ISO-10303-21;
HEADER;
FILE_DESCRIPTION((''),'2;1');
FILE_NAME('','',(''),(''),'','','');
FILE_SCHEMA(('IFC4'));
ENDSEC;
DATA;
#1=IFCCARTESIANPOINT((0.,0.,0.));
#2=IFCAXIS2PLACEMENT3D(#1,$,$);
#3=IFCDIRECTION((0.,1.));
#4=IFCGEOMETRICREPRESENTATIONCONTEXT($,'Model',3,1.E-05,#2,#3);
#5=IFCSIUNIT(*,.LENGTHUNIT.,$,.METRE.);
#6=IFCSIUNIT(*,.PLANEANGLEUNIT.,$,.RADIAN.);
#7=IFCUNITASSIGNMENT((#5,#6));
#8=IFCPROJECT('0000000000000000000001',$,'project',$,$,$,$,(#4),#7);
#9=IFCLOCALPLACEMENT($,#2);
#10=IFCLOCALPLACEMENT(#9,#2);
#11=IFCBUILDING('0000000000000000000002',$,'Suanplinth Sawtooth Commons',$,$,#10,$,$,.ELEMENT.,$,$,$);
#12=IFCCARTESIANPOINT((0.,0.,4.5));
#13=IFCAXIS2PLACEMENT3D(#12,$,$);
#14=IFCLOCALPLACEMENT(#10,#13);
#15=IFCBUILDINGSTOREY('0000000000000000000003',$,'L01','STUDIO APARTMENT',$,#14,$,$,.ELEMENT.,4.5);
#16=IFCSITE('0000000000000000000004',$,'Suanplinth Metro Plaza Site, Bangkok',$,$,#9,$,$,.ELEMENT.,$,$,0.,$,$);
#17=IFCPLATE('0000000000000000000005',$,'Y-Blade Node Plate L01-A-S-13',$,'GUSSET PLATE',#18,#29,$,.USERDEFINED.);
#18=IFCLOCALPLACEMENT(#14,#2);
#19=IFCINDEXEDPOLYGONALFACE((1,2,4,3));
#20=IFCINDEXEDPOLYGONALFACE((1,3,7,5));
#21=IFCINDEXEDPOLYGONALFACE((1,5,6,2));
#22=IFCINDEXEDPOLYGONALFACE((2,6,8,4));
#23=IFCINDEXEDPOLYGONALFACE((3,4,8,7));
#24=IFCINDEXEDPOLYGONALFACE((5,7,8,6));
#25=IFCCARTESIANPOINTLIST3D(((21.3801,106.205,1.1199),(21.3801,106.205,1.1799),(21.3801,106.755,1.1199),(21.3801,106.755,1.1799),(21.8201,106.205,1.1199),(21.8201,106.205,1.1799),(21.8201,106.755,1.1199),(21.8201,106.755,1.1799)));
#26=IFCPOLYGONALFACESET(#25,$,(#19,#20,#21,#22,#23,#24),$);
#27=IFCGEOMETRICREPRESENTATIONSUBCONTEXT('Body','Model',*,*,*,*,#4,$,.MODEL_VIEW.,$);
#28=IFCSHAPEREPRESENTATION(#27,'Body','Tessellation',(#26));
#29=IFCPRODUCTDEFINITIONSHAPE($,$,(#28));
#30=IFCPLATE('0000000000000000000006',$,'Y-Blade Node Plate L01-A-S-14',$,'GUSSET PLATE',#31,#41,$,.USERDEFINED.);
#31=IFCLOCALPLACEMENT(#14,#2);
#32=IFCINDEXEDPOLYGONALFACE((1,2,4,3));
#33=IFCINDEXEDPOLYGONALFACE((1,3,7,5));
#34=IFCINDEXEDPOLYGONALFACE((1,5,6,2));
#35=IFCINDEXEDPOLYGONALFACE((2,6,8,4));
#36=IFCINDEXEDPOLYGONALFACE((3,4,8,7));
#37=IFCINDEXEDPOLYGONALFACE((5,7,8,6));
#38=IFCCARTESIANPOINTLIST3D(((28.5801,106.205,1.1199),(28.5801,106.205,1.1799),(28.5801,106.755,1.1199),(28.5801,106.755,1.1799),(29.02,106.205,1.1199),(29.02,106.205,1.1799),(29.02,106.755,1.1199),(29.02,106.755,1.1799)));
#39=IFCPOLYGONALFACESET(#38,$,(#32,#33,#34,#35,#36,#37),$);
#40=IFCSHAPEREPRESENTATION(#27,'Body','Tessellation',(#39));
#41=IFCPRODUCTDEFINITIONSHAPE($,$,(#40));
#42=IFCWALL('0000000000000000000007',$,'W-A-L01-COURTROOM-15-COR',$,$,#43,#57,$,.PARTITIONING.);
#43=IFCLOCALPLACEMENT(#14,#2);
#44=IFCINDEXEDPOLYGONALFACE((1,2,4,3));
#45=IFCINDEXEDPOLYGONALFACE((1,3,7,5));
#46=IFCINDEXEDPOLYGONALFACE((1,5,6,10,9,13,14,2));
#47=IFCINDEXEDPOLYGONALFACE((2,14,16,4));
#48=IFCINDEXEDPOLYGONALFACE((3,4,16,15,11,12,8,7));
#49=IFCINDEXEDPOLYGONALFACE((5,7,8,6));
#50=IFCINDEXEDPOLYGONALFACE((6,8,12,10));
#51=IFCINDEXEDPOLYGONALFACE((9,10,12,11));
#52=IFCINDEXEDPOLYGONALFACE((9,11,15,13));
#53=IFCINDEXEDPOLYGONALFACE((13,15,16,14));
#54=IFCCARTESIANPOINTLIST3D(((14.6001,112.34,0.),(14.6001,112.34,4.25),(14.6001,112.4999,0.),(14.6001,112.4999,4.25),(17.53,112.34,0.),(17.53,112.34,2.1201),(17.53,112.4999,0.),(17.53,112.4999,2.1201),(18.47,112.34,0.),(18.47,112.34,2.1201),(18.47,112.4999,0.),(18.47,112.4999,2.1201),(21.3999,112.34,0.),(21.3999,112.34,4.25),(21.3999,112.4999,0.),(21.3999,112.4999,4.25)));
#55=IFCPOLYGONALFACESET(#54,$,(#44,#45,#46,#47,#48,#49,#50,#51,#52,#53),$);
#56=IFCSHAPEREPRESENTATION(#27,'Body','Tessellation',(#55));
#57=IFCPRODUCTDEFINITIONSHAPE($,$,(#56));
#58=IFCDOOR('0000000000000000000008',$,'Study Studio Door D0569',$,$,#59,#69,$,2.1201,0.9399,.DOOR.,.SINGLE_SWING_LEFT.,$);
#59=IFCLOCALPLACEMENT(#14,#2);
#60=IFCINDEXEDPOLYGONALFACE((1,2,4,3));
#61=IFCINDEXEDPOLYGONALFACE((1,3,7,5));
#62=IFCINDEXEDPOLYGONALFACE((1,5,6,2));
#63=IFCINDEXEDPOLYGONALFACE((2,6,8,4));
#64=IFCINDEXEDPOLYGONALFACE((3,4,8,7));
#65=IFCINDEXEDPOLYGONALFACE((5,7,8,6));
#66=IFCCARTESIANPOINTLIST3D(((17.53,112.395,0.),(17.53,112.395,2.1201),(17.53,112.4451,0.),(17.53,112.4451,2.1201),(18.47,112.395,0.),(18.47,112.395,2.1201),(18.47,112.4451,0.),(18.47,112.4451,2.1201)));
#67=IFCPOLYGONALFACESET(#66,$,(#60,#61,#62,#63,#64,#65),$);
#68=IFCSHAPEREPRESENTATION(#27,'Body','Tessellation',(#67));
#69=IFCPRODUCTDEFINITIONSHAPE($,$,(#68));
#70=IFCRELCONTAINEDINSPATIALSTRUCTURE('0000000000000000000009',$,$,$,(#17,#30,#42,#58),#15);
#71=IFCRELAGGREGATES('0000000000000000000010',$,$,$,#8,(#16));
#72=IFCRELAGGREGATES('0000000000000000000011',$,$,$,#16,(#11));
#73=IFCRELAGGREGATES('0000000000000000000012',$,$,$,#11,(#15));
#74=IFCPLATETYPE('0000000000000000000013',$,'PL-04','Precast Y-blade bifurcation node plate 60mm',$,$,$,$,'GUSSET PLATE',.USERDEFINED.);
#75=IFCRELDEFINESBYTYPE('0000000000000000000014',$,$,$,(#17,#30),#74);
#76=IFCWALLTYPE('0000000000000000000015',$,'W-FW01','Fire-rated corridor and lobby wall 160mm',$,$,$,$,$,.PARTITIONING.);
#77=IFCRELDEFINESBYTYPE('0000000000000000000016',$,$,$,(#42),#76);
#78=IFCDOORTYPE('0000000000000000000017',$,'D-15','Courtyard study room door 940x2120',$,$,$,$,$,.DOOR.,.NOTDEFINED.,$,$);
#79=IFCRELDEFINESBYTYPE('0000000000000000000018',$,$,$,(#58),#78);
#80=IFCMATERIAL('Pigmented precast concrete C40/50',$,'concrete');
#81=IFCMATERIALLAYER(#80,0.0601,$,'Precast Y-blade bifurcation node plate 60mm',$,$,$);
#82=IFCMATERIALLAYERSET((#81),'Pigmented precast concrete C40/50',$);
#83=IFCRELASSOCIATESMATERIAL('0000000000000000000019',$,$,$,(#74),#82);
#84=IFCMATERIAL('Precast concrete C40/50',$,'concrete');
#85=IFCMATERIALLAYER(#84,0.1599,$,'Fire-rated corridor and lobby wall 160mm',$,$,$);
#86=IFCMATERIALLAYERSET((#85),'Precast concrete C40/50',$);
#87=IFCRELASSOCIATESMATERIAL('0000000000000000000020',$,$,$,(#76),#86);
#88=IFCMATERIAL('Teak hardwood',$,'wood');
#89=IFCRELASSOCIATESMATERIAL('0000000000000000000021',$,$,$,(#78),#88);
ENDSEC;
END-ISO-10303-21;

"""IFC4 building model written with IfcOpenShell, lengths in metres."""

from ifc_helpers import new_model, si_unit, direction, frame, frame_2d, origin, origin_2d, place, context, subcontext, project, spatial, rectangle, extrude, material, layer, layer_set, type_object, element, fill, save


model = new_model("IFC4")

# Units and contexts
model_context = context("Model", 3, precision=1e-05, world=origin(), true_north=direction((0.0, 1.0)))
body_context = subcontext(model_context, "Body", "Model", "MODEL_VIEW")
ifc_project = project(units=[si_unit("LENGTHUNIT", "METRE"), si_unit("PLANEANGLEUNIT", "RADIAN")], contexts=[model_context])

# Site, building, storey
site_placement = place(None, origin())
site = spatial("IfcSite", under=ifc_project, at=site_placement, Name="Suanplinth Metro Plaza Site, Bangkok", CompositionType="ELEMENT", RefElevation=0.0)
building_placement = place(site_placement, origin())
building = spatial("IfcBuilding", under=site, at=building_placement, Name="Suanplinth Sawtooth Commons", CompositionType="ELEMENT")
storey_placement = place(building_placement, frame((0.0, 0.0, 4.5)))
storey = spatial("IfcBuildingStorey", under=building, at=storey_placement, Name="L01", Description="STUDIO APARTMENT", CompositionType="ELEMENT", Elevation=4.5)

# Shared definitions
ifc_material_1 = material(Name="Precast concrete C40/50", Category="concrete")

# Shared definitions
ifc_material_2 = material(Name="Pigmented precast concrete C40/50", Category="concrete")

# Plates
ifc_layer_1 = layer(ifc_material_2, 0.0601, Name="Precast Y-blade bifurcation node plate 60mm")
ifc_layer_set_1 = layer_set([ifc_layer_1], Name="Pigmented precast concrete C40/50")
plate_type = type_object("IfcPlateType", Name="PL-04", Description="Precast Y-blade bifurcation node plate 60mm", ElementType="GUSSET PLATE", PredefinedType="USERDEFINED", material=ifc_layer_set_1)
for number, where, z_axis, x_axis, name in (
    (1, (21.6001, 106.48, 1.1199), (0.0, 0.0, 1.0), (1.0, 0.0, 0.0), "Y-Blade Node Plate L01-A-S-13"),
    (2, (28.8, 106.48, 1.1199), (0.0, 0.0, 1.0), (1.0, 0.0, 0.0), "Y-Blade Node Plate L01-A-S-14"),
):
    element("IfcPlate", number, at=place(storey_placement, frame(where, z_axis=z_axis, x_axis=x_axis)), inside=storey, type_object=plate_type, Name=name, ObjectType="GUSSET PLATE", PredefinedType="USERDEFINED", context=body_context, shape_type="SweptSolid", body=[
        extrude(rectangle(XDim=0.4399, YDim=0.55, at=origin_2d()), origin(), (0.0, 0.0, 1.0), 0.0601),
    ])

# Wall, opening, door
ifc_layer_2 = layer(ifc_material_1, 0.1599, Name="Fire-rated corridor and lobby wall 160mm")
ifc_layer_set_2 = layer_set([ifc_layer_2], Name="Precast concrete C40/50")
wall_type_1 = type_object("IfcWallType", Name="W-FW01", Description="Fire-rated corridor and lobby wall 160mm", PredefinedType="PARTITIONING", material=ifc_layer_set_2)
wall_1_placement = place(storey_placement, frame((14.6001, 112.4199, 0.0), z_axis=(0.0, 0.0, 1.0), x_axis=(1.0, 0.0, 0.0)))
wall_1 = element("IfcWall", 3, at=wall_1_placement, inside=storey, type_object=wall_type_1, Name="W-A-L01-COURTROOM-15-COR", PredefinedType="PARTITIONING", context=body_context, shape_type="SweptSolid", body=[
    extrude(rectangle(XDim=6.7998, YDim=0.1599, at=frame_2d((3.3999, 0.0))), origin(), (0.0, 0.0, 1.0), 4.25),
])
opening_1_placement = place(wall_1_placement, frame((2.9299, 0.0, 0.0)))
opening_1 = element("IfcOpeningElement", 4, at=opening_1_placement, cuts=wall_1, PredefinedType="OPENING", context=body_context, shape_type="SweptSolid", body=[
    extrude(rectangle(XDim=0.9399, YDim=2.1201, at=frame_2d((0.47, 1.0601))), frame((0.0, 0.0947, 0.0), z_axis=(0.0, -1.0, 0.0), x_axis=(1.0, 0.0, 0.0)), (0.0, 0.0, 1.0), 0.1897),
])
ifc_material_3 = material(Name="Teak hardwood", Category="wood")
door_type_1 = type_object("IfcDoorType", Name="D-15", Description="Courtyard study room door 940x2120", OperationType="NOTDEFINED", PredefinedType="DOOR", material=ifc_material_3)
door_1_placement = place(opening_1_placement, frame((0.9399, 0.0, 0.0), z_axis=(0.0, 0.0, 1.0), x_axis=(-1.0, 0.0, 0.0)))
door_1 = element("IfcDoor", 5, at=door_1_placement, inside=storey, type_object=door_type_1, Name="Study Studio Door D0569", OperationType="SINGLE_SWING_LEFT", OverallHeight=2.1201, OverallWidth=0.9399, PredefinedType="DOOR", context=body_context, shape_type="SweptSolid", body=[
    extrude(rectangle(XDim=0.9399, YDim=2.1201, at=frame_2d((0.47, 1.0601))), frame((0.0, 0.0249, 0.0), z_axis=(0.0, -1.0, 0.0), x_axis=(1.0, 0.0, 0.0)), (0.0, 0.0, 1.0), 0.05),
])
fill(opening_1, door_1)

save(model, "model.ifc")
